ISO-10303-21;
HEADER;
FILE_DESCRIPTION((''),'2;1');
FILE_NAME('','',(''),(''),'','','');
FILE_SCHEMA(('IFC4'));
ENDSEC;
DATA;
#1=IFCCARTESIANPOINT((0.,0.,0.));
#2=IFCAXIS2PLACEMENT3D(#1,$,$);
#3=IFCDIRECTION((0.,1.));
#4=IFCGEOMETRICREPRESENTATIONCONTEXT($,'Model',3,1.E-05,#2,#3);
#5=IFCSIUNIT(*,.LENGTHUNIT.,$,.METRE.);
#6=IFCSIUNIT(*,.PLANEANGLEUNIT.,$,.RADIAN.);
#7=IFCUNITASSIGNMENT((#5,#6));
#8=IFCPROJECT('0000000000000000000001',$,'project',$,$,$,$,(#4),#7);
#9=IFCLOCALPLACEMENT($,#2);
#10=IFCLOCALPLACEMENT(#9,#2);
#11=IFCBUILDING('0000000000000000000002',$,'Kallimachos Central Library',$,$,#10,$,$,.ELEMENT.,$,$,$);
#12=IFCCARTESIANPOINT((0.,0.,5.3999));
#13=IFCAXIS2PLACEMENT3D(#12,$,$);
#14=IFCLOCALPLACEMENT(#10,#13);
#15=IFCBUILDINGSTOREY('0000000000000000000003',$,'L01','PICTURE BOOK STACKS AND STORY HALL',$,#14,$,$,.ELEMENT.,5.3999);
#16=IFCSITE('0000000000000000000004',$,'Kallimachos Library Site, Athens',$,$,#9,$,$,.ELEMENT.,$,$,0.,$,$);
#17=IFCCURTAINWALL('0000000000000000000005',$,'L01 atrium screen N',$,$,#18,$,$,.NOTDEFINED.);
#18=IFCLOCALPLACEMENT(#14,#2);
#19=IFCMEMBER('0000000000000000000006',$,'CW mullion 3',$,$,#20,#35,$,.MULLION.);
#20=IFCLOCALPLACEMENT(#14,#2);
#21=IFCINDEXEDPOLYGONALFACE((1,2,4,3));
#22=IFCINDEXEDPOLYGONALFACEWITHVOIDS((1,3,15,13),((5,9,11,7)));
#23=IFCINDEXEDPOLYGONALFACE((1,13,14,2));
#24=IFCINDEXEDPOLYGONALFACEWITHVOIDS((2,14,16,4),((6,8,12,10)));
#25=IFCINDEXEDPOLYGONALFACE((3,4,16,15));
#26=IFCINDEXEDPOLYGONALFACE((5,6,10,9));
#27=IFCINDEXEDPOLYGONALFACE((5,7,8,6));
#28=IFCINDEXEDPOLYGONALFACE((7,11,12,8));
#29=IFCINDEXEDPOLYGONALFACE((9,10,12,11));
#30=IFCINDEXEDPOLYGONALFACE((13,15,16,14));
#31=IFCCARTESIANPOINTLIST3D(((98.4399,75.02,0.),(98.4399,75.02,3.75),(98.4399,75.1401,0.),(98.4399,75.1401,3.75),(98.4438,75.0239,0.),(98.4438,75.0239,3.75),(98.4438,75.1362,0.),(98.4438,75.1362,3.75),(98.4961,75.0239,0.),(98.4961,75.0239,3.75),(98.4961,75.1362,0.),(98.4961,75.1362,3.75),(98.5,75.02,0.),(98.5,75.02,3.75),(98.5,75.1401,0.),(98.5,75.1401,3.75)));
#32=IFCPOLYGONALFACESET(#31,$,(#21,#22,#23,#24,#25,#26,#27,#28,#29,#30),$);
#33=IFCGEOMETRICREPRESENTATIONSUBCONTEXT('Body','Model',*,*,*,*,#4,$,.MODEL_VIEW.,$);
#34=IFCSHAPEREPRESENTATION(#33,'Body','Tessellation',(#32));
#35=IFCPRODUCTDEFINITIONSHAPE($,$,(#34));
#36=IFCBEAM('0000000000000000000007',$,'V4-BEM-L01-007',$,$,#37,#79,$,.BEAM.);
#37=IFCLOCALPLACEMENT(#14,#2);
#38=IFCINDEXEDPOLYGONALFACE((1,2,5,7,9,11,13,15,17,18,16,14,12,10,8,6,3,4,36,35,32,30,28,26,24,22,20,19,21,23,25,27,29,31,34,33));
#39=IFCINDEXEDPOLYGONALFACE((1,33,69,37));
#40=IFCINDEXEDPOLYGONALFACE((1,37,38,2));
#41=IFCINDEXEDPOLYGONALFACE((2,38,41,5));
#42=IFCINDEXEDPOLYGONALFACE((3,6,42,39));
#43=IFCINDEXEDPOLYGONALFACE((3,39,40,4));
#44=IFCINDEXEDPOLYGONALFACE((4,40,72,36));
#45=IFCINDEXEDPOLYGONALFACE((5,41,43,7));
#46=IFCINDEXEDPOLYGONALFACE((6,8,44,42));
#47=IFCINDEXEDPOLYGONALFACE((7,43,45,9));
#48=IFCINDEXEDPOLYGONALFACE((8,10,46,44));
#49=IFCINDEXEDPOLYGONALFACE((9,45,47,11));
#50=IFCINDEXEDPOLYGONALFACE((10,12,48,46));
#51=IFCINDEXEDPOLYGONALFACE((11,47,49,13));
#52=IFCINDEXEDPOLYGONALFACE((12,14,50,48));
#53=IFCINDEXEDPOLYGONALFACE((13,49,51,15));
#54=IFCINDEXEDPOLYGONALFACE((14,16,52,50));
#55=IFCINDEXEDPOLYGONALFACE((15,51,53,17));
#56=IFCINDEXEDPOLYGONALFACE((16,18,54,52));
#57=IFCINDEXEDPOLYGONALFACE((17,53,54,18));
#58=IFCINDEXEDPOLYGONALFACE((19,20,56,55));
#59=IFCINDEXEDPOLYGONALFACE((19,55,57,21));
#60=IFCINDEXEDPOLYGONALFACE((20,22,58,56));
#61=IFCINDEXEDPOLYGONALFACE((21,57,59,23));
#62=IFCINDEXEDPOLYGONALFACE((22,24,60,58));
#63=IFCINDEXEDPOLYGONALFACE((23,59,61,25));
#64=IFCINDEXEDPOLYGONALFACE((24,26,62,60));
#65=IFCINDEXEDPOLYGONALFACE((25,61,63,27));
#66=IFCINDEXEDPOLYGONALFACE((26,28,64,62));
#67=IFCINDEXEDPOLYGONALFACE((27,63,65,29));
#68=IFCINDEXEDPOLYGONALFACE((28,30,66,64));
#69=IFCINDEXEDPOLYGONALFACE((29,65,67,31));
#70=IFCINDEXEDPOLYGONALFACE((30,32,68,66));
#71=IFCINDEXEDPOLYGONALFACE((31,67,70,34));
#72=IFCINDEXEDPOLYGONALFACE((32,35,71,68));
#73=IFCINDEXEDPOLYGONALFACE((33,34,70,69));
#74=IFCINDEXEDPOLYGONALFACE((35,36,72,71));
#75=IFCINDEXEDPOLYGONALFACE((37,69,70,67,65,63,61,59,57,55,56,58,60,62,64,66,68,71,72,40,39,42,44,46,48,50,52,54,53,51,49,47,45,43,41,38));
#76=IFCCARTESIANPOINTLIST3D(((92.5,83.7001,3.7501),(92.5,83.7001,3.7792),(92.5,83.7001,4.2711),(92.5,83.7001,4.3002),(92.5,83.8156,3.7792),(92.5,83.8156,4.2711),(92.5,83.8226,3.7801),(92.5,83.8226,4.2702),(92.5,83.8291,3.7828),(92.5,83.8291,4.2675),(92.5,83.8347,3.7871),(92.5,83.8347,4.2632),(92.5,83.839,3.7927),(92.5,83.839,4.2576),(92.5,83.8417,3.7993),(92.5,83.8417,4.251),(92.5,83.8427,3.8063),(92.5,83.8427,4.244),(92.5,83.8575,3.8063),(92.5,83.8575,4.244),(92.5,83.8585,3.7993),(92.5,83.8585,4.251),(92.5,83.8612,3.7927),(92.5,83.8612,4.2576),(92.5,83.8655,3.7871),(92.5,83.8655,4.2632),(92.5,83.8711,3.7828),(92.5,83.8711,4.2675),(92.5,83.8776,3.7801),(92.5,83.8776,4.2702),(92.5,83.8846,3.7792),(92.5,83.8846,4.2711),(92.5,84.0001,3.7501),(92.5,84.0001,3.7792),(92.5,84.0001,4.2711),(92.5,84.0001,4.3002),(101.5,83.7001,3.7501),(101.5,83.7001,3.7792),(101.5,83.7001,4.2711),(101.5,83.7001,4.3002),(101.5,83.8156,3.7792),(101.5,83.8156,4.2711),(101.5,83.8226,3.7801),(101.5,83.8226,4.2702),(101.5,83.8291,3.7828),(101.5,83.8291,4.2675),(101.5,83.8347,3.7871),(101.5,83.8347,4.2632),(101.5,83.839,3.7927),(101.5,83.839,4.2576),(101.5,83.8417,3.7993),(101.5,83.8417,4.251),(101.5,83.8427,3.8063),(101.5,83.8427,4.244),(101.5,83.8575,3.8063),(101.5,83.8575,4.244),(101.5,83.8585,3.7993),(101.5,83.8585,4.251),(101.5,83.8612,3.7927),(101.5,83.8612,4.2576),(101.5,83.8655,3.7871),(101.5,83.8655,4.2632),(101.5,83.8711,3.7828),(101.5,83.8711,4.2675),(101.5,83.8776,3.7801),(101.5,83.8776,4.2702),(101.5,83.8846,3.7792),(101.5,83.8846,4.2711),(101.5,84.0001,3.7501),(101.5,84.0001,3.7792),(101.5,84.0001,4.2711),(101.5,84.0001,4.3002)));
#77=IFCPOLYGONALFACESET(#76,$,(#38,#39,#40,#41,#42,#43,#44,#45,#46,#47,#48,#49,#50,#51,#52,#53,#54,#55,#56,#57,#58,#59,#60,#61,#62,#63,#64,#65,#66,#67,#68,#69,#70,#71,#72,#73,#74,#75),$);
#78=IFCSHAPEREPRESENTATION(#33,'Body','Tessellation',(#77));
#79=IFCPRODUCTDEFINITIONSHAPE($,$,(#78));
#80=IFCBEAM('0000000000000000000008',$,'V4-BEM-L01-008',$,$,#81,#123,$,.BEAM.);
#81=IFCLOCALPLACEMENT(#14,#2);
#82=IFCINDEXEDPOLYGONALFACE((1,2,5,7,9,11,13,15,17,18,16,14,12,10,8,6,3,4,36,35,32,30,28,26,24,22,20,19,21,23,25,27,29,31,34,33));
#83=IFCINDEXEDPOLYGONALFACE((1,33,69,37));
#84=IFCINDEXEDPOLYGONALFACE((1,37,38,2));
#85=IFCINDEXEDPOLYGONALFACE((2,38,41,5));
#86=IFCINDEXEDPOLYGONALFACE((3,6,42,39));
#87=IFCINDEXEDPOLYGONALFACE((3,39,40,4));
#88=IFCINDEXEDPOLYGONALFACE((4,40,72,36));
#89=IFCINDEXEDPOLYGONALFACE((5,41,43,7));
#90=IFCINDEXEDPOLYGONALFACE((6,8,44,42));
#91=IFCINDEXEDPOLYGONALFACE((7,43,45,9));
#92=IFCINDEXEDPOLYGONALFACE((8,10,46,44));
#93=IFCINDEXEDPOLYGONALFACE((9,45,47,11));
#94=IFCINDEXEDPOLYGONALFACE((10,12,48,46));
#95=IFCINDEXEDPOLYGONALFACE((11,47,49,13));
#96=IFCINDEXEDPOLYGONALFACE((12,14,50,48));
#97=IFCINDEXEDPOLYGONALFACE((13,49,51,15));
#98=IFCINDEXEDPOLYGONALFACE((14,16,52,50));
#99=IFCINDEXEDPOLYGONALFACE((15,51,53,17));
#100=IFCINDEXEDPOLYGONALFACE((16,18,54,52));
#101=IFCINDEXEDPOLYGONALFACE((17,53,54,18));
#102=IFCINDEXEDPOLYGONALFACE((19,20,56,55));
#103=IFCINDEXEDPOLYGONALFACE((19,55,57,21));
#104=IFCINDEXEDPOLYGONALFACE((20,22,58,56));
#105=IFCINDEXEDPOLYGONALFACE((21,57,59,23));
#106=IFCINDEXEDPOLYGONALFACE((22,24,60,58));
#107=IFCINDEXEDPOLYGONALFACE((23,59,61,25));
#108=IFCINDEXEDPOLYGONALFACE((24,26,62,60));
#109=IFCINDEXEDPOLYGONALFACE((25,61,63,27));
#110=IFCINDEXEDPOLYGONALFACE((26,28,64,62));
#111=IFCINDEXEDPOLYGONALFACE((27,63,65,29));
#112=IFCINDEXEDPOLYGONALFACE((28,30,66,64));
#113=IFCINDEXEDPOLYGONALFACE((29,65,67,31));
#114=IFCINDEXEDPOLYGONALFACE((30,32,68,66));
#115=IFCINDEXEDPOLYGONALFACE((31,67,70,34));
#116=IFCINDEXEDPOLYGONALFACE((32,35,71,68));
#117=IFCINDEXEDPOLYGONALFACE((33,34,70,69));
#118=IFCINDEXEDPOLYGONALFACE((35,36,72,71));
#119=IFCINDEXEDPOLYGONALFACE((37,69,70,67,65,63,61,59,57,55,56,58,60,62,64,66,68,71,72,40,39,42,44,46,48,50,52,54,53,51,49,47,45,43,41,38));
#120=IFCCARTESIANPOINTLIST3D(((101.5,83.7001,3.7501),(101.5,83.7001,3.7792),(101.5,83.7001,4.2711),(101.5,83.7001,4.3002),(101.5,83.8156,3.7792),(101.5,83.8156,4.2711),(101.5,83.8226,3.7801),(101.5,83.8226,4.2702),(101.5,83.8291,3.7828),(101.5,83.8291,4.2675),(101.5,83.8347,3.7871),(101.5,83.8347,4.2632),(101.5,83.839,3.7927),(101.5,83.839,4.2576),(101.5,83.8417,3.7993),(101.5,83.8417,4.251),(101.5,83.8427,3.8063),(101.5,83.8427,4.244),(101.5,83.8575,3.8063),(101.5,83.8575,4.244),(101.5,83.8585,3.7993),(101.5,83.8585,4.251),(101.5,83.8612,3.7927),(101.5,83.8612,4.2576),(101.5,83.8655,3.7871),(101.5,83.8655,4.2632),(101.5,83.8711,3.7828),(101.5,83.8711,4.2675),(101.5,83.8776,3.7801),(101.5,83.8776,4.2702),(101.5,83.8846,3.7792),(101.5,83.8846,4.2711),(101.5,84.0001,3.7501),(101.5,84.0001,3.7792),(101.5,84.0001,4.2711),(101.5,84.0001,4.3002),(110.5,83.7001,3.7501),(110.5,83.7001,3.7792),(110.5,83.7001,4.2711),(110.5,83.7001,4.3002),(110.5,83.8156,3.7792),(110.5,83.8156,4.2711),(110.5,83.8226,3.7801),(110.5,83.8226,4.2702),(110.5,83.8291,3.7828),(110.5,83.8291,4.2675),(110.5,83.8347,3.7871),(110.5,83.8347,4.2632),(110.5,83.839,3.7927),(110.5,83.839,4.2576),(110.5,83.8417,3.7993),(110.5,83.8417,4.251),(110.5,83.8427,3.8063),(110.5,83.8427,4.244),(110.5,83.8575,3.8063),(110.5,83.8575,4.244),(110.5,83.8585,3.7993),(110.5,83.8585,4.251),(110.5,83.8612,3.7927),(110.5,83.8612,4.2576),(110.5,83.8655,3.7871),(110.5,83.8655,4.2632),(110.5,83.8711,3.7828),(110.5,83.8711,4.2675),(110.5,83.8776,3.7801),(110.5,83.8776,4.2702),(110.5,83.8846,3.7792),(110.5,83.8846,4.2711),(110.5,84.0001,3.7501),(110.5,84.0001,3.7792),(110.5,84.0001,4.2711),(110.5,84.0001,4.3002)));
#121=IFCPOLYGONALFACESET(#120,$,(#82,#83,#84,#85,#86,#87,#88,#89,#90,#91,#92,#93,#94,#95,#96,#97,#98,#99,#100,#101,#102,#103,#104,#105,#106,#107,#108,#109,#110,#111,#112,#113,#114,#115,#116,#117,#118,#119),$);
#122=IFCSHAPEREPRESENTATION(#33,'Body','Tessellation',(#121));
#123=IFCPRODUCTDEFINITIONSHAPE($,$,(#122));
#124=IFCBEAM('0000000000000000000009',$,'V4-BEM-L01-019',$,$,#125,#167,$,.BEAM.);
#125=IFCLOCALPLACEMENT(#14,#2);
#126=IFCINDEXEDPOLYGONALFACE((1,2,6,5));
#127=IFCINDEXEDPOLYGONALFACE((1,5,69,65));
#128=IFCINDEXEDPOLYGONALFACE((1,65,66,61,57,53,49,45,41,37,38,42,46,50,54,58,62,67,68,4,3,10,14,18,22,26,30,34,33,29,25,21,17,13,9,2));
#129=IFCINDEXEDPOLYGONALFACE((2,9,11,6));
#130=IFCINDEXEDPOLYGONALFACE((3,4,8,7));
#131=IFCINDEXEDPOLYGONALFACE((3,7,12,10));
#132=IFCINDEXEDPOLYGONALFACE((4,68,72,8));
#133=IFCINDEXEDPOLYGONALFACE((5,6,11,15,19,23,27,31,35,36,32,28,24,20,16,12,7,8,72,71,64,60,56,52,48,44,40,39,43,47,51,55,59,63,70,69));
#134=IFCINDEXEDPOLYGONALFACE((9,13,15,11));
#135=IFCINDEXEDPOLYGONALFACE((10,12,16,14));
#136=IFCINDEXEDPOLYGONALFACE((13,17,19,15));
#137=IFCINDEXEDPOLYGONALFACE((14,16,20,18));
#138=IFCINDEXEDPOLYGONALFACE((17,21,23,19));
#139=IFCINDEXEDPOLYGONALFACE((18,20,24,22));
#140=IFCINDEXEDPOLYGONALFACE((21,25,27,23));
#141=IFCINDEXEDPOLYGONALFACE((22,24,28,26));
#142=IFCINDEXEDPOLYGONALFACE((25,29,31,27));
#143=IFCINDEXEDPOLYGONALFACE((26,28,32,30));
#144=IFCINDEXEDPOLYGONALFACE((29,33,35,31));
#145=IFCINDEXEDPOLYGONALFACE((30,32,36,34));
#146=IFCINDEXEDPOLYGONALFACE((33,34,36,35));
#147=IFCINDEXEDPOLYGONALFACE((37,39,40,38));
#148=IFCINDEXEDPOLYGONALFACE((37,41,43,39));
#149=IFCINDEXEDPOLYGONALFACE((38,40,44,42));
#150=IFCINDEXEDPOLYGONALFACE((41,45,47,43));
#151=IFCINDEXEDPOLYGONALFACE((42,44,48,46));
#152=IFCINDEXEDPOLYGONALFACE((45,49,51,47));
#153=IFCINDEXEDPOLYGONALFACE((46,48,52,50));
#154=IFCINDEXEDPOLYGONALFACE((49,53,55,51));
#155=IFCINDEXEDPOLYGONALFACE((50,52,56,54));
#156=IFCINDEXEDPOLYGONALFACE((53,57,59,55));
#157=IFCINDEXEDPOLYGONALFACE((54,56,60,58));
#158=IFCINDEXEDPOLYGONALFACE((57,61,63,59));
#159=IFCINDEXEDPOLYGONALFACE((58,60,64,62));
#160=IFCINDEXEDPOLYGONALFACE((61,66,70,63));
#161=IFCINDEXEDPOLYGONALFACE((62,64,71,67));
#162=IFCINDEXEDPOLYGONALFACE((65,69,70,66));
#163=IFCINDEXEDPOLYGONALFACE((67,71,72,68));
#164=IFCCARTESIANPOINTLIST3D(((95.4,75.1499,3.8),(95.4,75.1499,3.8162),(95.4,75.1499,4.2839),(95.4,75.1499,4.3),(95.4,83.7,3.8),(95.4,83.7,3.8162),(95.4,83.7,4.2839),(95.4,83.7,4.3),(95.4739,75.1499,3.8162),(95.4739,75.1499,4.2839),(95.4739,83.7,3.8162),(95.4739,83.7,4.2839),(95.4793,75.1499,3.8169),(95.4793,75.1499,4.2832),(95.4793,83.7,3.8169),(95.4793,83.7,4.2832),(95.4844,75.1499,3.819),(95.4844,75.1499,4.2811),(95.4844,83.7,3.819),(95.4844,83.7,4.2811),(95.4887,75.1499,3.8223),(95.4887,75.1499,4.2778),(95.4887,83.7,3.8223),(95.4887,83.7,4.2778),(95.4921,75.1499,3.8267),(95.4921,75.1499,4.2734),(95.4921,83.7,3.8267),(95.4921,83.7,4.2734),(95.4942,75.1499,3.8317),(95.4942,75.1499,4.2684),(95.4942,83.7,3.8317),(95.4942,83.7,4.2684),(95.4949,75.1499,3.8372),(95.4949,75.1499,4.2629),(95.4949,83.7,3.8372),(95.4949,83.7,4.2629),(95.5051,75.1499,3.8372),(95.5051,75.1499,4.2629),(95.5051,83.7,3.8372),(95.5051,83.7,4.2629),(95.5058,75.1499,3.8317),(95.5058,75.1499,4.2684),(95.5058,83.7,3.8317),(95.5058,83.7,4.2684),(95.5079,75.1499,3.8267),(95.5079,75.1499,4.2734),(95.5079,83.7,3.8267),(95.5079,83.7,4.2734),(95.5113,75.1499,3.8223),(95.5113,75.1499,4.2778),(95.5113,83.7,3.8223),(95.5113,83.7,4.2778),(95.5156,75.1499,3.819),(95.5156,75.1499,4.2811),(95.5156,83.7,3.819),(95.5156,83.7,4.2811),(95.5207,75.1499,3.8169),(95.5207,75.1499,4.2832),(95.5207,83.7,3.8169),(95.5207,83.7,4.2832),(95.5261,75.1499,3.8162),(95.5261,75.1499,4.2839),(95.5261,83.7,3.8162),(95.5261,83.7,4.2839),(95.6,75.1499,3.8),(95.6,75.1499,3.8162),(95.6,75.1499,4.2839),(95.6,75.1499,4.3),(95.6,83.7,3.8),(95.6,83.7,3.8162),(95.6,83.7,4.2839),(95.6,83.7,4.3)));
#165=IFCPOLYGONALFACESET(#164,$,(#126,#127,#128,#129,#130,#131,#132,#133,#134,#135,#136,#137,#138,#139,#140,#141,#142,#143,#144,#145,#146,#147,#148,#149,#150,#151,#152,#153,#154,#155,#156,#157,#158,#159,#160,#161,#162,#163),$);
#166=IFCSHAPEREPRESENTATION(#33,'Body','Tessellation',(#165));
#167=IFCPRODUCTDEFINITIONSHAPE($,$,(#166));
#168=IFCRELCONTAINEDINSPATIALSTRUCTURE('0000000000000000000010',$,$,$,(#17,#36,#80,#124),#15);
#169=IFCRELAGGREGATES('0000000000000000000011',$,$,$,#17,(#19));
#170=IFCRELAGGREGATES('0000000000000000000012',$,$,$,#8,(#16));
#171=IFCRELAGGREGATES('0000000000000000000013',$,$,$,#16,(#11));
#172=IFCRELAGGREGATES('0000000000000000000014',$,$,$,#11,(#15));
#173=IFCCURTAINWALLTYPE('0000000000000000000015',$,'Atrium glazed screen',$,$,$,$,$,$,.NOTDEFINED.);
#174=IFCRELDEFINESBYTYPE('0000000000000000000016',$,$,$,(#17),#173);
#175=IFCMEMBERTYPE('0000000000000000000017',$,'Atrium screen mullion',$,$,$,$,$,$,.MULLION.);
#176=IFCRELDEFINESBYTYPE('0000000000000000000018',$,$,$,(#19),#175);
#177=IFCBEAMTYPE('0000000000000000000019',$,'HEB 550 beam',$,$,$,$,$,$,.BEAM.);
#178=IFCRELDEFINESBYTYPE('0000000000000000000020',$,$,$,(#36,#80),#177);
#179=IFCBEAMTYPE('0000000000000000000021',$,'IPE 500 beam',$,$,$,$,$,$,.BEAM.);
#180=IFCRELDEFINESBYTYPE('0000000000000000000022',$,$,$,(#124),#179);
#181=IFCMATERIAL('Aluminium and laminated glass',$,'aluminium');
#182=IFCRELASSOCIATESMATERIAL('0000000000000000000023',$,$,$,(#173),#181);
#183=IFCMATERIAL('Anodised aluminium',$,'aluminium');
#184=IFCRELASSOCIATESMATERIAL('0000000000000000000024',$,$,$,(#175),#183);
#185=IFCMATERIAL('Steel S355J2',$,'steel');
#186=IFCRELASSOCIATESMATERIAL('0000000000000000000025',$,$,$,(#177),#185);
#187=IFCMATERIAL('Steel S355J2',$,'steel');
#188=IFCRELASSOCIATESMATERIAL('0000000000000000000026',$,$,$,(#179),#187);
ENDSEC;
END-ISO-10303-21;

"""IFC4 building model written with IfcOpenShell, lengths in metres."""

from ifc_helpers import new_model, si_unit, direction, frame, origin, origin_2d, place, context, subcontext, project, spatial, hollow_rectangle, i_section, extrude, material, material_profile, profile_set, type_object, element, aggregate, save


model = new_model("IFC4")

# Units and contexts
model_context = context("Model", 3, precision=1e-05, world=origin(), true_north=direction((0.0, 1.0)))
body_context = subcontext(model_context, "Body", "Model", "MODEL_VIEW")
ifc_project = project(units=[si_unit("LENGTHUNIT", "METRE"), si_unit("PLANEANGLEUNIT", "RADIAN")], contexts=[model_context])

# Site, building, storey
site_placement = place(None, origin())
site = spatial("IfcSite", under=ifc_project, at=site_placement, Name="Kallimachos Library Site, Athens", CompositionType="ELEMENT", RefElevation=0.0)
building_placement = place(site_placement, origin())
building = spatial("IfcBuilding", under=site, at=building_placement, Name="Kallimachos Central Library", CompositionType="ELEMENT")
storey_placement = place(building_placement, frame((0.0, 0.0, 5.3999)))
storey = spatial("IfcBuildingStorey", under=building, at=storey_placement, Name="L01", Description="PICTURE BOOK STACKS AND STORY HALL", CompositionType="ELEMENT", Elevation=5.3999)

# Curtain wall, member
ifc_material_1 = material(Name="Aluminium and laminated glass", Category="aluminium")
curtain_wall_type_1 = type_object("IfcCurtainWallType", Name="Atrium glazed screen", PredefinedType="NOTDEFINED", material=ifc_material_1)
curtain_wall_1_placement = place(storey_placement, origin())
curtain_wall_1 = element("IfcCurtainWall", 1, at=curtain_wall_1_placement, inside=storey, type_object=curtain_wall_type_1, Name="L01 atrium screen N", PredefinedType="NOTDEFINED")
ifc_material_2 = material(Name="Anodised aluminium", Category="aluminium")
ifc_material_profile_1 = material_profile(ifc_material_2, hollow_rectangle(XDim=0.0601, YDim=0.1201, WallThickness=0.0039, at=origin_2d()), Name="ALU MULLION 60x120")
ifc_profile_set_1 = profile_set([ifc_material_profile_1], Name="Anodised aluminium")
member_type_1 = type_object("IfcMemberType", Name="Atrium screen mullion", PredefinedType="MULLION", material=ifc_profile_set_1)
member_1_placement = place(storey_placement, frame((98.47, 75.0801, 0.0), z_axis=(0.0, 0.0, 1.0), x_axis=(1.0, 0.0, 0.0)))
member_1 = element("IfcMember", 2, at=member_1_placement, type_object=member_type_1, Name="CW mullion 3", PredefinedType="MULLION", context=body_context, shape_type="SweptSolid", body=[
    extrude(hollow_rectangle(XDim=0.0601, YDim=0.1201, WallThickness=0.0039, at=origin_2d()), origin(), (0.0, 0.0, 1.0), 3.75),
])

# Beams
ifc_material_3 = material(Name="Steel S355J2", Category="steel")
ifc_material_profile_2 = material_profile(ifc_material_3, i_section(OverallWidth=0.3, OverallDepth=0.55, WebThickness=0.0149, FlangeThickness=0.0291, FilletRadius=0.0271, at=origin_2d()), Name="HEB 550")
ifc_profile_set_2 = profile_set([ifc_material_profile_2], Name="Steel S355J2")
beam_type_1 = type_object("IfcBeamType", Name="HEB 550 beam", PredefinedType="BEAM", material=ifc_profile_set_2)
for number, where, z_axis, x_axis, name in (
    (3, (92.5, 83.8501, 4.0251), (1.0, 0.0, 0.0), (0.0, 1.0, 0.0), "V4-BEM-L01-007"),
    (4, (101.5, 83.8501, 4.0251), (1.0, 0.0, 0.0), (0.0, 1.0, 0.0), "V4-BEM-L01-008"),
):
    element("IfcBeam", number, at=place(storey_placement, frame(where, z_axis=z_axis, x_axis=x_axis)), inside=storey, type_object=beam_type_1, Name=name, PredefinedType="BEAM", context=body_context, shape_type="SweptSolid", body=[
        extrude(i_section(OverallWidth=0.3, OverallDepth=0.55, WebThickness=0.0149, FlangeThickness=0.0291, FilletRadius=0.0271, at=origin_2d()), origin(), (0.0, 0.0, 1.0), 9.0),
    ])
ifc_material_4 = material(Name="Steel S355J2", Category="steel")
ifc_material_profile_3 = material_profile(ifc_material_4, i_section(OverallWidth=0.2, OverallDepth=0.5, WebThickness=0.0103, FlangeThickness=0.0161, FilletRadius=0.021, at=origin_2d()), Name="IPE 500")
ifc_profile_set_3 = profile_set([ifc_material_profile_3], Name="Steel S355J2")
beam_type_2 = type_object("IfcBeamType", Name="IPE 500 beam", PredefinedType="BEAM", material=ifc_profile_set_3)
for number, where, z_axis, x_axis, name in (
    (5, (95.5, 75.1499, 4.05), (0.0, 1.0, 0.0), (-1.0, 0.0, 0.0), "V4-BEM-L01-019"),
):
    element("IfcBeam", number, at=place(storey_placement, frame(where, z_axis=z_axis, x_axis=x_axis)), inside=storey, type_object=beam_type_2, Name=name, PredefinedType="BEAM", context=body_context, shape_type="SweptSolid", body=[
        extrude(i_section(OverallWidth=0.2, OverallDepth=0.5, WebThickness=0.0103, FlangeThickness=0.0161, FilletRadius=0.021, at=origin_2d()), origin(), (0.0, 0.0, 1.0), 8.55),
    ])

aggregate(curtain_wall_1, [member_1])

save(model, "model.ifc")
